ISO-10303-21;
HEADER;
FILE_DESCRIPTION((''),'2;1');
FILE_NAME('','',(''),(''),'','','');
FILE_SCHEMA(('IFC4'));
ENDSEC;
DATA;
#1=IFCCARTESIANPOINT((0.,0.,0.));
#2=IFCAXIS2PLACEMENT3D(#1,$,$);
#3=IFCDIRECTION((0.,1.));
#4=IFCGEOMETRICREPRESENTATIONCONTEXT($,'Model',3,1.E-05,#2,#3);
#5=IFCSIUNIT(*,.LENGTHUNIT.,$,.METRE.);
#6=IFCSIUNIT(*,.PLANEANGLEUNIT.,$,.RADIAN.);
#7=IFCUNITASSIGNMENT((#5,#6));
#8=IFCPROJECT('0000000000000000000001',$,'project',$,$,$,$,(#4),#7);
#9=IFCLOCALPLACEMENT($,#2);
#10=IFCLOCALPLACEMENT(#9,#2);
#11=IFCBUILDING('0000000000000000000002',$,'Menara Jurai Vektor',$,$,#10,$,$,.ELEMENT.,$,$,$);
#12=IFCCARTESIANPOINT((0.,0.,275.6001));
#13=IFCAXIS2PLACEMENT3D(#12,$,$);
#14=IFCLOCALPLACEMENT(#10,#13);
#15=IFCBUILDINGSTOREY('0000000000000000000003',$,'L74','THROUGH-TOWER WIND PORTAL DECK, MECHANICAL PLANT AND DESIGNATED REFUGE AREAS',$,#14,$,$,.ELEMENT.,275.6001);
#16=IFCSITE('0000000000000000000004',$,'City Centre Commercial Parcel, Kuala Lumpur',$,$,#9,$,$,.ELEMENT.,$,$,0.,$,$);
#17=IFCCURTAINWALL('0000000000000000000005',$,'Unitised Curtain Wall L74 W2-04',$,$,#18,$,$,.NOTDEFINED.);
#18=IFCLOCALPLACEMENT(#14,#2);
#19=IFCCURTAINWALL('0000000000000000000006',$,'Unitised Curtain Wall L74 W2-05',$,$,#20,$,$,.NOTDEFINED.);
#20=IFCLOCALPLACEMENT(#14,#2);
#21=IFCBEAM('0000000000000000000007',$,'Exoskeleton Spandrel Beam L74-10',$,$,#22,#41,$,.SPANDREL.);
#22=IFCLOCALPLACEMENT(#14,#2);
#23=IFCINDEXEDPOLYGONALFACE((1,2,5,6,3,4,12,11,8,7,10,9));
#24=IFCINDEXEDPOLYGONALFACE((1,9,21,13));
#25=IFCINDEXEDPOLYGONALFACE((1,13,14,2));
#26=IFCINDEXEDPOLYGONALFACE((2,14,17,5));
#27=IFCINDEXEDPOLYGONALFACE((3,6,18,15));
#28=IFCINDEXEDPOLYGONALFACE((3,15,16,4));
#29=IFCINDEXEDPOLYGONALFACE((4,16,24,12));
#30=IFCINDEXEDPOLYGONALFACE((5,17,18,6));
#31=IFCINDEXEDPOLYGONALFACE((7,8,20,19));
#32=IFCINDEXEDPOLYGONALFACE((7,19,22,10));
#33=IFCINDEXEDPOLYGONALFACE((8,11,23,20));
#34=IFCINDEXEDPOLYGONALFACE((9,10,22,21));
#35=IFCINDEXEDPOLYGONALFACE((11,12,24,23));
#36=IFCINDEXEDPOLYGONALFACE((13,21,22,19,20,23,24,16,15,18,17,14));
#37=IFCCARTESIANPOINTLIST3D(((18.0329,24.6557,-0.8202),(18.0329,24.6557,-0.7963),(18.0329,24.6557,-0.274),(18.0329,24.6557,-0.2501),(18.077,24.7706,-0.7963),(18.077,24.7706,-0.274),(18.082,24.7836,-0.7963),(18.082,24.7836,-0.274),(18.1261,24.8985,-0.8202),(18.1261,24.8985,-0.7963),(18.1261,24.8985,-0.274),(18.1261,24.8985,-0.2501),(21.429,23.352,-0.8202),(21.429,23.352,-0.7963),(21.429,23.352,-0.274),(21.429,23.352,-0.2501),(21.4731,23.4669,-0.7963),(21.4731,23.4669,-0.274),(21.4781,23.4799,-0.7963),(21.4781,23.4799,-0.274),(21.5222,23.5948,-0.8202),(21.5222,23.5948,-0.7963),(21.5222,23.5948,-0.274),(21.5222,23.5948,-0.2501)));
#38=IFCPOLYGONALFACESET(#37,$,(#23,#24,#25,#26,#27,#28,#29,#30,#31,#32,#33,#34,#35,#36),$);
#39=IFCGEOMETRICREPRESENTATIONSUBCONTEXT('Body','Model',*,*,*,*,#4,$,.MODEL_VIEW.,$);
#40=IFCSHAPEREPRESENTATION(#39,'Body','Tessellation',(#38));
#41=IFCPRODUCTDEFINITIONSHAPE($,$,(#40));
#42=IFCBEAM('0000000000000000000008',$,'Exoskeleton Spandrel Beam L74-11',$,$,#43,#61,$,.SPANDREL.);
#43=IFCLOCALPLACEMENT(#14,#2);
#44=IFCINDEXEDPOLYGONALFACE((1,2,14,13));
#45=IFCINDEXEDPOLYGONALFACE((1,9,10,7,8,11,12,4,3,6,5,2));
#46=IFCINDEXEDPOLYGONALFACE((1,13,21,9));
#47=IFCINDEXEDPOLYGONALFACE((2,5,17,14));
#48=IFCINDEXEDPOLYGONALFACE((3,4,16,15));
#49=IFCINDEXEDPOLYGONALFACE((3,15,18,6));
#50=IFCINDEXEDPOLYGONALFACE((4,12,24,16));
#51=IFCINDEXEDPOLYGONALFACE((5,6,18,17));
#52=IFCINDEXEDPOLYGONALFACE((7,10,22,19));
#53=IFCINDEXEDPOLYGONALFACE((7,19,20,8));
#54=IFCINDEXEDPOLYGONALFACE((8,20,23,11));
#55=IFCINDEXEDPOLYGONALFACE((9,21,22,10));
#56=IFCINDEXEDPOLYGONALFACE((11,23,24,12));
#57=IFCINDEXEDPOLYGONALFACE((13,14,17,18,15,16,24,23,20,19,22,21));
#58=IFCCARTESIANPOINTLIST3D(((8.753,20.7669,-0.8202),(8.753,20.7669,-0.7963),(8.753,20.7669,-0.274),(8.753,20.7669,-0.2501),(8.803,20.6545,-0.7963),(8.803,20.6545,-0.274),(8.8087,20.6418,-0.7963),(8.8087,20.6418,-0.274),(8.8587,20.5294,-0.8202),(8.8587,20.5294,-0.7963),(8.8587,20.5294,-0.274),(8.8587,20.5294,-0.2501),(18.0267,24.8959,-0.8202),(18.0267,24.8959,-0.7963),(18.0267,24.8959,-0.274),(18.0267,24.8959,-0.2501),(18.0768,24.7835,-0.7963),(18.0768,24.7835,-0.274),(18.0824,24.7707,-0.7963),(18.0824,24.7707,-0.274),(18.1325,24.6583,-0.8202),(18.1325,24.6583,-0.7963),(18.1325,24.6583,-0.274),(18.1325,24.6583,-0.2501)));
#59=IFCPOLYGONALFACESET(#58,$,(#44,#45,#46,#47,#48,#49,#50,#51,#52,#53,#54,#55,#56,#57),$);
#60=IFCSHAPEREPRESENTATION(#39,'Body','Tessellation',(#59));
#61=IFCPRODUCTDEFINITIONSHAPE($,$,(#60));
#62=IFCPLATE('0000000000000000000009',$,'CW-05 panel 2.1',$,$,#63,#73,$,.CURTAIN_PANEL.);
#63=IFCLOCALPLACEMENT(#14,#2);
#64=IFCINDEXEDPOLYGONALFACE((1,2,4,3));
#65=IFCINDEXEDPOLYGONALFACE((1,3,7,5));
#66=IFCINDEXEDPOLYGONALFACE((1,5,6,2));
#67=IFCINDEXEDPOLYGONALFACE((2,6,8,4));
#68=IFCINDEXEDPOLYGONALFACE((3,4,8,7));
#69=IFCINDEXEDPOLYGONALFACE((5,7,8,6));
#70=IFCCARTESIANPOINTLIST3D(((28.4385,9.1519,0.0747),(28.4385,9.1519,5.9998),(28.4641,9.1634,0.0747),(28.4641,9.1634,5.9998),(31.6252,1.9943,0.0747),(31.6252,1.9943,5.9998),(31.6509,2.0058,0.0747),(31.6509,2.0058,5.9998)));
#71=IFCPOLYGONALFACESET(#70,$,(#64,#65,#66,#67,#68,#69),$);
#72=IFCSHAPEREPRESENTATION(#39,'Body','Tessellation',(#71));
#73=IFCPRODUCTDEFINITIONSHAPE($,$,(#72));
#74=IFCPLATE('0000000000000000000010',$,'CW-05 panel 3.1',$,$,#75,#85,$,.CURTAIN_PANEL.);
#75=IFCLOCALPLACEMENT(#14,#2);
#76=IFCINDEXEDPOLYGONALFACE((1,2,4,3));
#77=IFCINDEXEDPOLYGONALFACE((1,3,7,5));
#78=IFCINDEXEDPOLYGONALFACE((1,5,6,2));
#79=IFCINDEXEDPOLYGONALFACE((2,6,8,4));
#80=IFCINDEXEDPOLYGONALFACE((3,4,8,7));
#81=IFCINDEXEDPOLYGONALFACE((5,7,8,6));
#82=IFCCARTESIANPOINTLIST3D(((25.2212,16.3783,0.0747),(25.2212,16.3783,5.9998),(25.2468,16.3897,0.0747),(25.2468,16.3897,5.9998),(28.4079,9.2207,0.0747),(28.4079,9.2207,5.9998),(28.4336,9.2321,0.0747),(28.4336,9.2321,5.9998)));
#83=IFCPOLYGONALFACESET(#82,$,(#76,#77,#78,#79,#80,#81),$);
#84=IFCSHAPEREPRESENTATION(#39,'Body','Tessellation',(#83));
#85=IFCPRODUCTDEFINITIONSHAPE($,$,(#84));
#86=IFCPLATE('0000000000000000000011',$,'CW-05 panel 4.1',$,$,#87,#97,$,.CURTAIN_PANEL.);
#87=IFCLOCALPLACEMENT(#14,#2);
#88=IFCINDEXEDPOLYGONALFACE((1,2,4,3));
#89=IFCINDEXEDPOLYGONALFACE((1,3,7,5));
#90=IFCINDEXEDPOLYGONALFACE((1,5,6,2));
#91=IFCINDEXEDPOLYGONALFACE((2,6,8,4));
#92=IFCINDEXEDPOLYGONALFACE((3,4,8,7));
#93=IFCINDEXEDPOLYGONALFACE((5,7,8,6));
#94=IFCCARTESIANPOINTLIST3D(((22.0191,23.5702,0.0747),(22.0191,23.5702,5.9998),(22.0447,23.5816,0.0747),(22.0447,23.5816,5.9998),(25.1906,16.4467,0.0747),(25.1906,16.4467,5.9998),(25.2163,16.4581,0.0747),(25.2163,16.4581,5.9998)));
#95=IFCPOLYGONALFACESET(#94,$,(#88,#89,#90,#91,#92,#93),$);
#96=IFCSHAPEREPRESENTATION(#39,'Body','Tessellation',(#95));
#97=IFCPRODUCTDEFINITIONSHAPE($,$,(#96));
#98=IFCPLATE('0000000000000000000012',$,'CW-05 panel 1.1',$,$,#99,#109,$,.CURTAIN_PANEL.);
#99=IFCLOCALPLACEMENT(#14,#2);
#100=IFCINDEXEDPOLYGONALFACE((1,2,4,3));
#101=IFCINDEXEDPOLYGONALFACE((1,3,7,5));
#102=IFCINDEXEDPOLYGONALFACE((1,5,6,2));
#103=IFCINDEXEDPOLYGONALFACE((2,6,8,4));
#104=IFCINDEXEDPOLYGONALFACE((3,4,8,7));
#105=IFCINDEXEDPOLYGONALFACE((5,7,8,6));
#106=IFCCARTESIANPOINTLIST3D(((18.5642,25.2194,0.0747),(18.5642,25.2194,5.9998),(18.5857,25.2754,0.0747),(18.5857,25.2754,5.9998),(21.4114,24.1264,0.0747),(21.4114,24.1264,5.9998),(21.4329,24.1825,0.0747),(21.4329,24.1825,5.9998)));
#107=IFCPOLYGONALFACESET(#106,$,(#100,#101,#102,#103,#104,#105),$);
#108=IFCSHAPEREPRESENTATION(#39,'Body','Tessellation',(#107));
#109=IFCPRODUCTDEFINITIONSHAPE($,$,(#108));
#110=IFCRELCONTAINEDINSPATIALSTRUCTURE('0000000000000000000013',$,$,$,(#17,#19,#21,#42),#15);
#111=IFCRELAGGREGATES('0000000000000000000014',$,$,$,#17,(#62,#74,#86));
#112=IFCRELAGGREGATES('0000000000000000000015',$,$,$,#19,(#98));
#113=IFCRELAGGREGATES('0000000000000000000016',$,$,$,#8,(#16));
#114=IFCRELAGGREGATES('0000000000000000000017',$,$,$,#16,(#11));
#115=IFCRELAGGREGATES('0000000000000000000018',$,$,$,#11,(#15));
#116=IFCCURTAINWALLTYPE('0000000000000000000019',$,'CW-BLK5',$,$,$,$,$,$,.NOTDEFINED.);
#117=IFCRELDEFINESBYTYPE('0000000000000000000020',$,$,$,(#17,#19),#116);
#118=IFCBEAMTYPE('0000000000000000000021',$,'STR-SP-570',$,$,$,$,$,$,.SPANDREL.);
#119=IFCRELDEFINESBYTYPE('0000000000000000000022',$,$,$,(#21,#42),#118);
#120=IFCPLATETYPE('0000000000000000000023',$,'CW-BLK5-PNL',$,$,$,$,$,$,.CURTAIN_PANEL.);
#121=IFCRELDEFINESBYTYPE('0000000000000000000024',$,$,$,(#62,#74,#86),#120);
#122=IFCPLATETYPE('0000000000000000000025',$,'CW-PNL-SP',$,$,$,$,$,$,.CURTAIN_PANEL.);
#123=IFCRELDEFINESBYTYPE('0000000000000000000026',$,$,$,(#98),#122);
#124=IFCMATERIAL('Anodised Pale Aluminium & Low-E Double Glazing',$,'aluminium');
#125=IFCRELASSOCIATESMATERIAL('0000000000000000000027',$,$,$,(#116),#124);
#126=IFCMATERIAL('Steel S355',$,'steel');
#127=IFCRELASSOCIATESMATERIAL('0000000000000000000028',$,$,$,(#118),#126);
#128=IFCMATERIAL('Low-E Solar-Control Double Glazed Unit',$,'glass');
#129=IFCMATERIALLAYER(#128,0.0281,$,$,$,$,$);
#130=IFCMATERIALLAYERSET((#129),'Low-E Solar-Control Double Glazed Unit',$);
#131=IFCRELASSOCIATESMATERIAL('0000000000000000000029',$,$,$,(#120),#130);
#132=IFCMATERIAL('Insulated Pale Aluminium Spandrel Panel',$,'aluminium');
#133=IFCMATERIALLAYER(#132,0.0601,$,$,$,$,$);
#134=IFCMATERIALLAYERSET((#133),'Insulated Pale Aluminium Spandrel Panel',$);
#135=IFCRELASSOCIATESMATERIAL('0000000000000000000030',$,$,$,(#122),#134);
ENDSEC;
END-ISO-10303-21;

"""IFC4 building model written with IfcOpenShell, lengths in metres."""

from ifc_helpers import new_model, si_unit, direction, frame, origin, origin_2d, place, context, subcontext, project, spatial, rectangle, i_section, extrude, material, layer, layer_set, material_profile, profile_set, type_object, element, aggregate, save


model = new_model("IFC4")

# Units and contexts
model_context = context("Model", 3, precision=1e-05, world=origin(), true_north=direction((0.0, 1.0)))
body_context = subcontext(model_context, "Body", "Model", "MODEL_VIEW")
ifc_project = project(units=[si_unit("LENGTHUNIT", "METRE"), si_unit("PLANEANGLEUNIT", "RADIAN")], contexts=[model_context])

# Site, building, storey
site_placement = place(None, origin())
site = spatial("IfcSite", under=ifc_project, at=site_placement, Name="City Centre Commercial Parcel, Kuala Lumpur", CompositionType="ELEMENT", RefElevation=0.0)
building_placement = place(site_placement, origin())
building = spatial("IfcBuilding", under=site, at=building_placement, Name="Menara Jurai Vektor", CompositionType="ELEMENT")
storey_placement = place(building_placement, frame((0.0, 0.0, 275.6001)))
storey = spatial("IfcBuildingStorey", under=building, at=storey_placement, Name="L74", Description="THROUGH-TOWER WIND PORTAL DECK, MECHANICAL PLANT AND DESIGNATED REFUGE AREAS", CompositionType="ELEMENT", Elevation=275.6001)

# Curtain walls
ifc_material_1 = material(Name="Anodised Pale Aluminium & Low-E Double Glazing", Category="aluminium")
curtain_wall_type = type_object("IfcCurtainWallType", Name="CW-BLK5", PredefinedType="NOTDEFINED", material=ifc_material_1)
curtain_wall_1_placement = place(storey_placement, origin())
curtain_wall_1 = element("IfcCurtainWall", 1, at=curtain_wall_1_placement, inside=storey, type_object=curtain_wall_type, Name="Unitised Curtain Wall L74 W2-04", PredefinedType="NOTDEFINED")
curtain_wall_2_placement = place(storey_placement, origin())
curtain_wall_2 = element("IfcCurtainWall", 2, at=curtain_wall_2_placement, inside=storey, type_object=curtain_wall_type, Name="Unitised Curtain Wall L74 W2-05", PredefinedType="NOTDEFINED")

# Shared definitions
ifc_material_2 = material(Name="Steel S355", Category="steel")

# Beams
ifc_material_profile_1 = material_profile(ifc_material_2, i_section(OverallWidth=0.26, OverallDepth=0.5701, WebThickness=0.0139, FlangeThickness=0.0239, at=origin_2d()), Name="PG 570x260x145")
ifc_profile_set_1 = profile_set([ifc_material_profile_1], Name="Steel S355")
beam_type_1 = type_object("IfcBeamType", Name="STR-SP-570", PredefinedType="SPANDREL", material=ifc_profile_set_1)
beam_1_placement = place(storey_placement, frame((21.4756, 23.4734, -0.5352), z_axis=(-0.93357, 0.358394, 0.0), x_axis=(-0.358394, -0.93357, 0.0)))
element("IfcBeam", 3, at=beam_1_placement, inside=storey, type_object=beam_type_1, Name="Exoskeleton Spandrel Beam L74-10", PredefinedType="SPANDREL", context=body_context, shape_type="SweptSolid", body=[
    extrude(i_section(OverallWidth=0.26, OverallDepth=0.5701, WebThickness=0.0139, FlangeThickness=0.0239, at=origin_2d()), origin(), (0.0, 0.0, 1.0), 3.6377),
])
beam_2_placement = place(storey_placement, frame((18.0796, 24.7771, -0.5352), z_axis=(-0.913546, -0.406736, 0.0), x_axis=(0.406736, -0.913546, 0.0)))
element("IfcBeam", 4, at=beam_2_placement, inside=storey, type_object=beam_type_1, Name="Exoskeleton Spandrel Beam L74-11", PredefinedType="SPANDREL", context=body_context, shape_type="SweptSolid", body=[
    extrude(i_section(OverallWidth=0.26, OverallDepth=0.5701, WebThickness=0.0139, FlangeThickness=0.0239, at=origin_2d()), origin(), (0.0, 0.0, 1.0), 10.1514),
])

# Plates
ifc_material_3 = material(Name="Low-E Solar-Control Double Glazed Unit", Category="glass")
ifc_layer_1 = layer(ifc_material_3, 0.0281)
ifc_layer_set_1 = layer_set([ifc_layer_1], Name="Low-E Solar-Control Double Glazed Unit")
plate_type_1 = type_object("IfcPlateType", Name="CW-BLK5-PNL", PredefinedType="CURTAIN_PANEL", material=ifc_layer_set_1)
plate_1_placement = place(storey_placement, frame((30.0447, 5.5789, 0.0747), z_axis=(0.0, 0.0, 1.0), x_axis=(-0.406735, 0.913546, 0.0)))
plate_1 = element("IfcPlate", 5, at=plate_1_placement, type_object=plate_type_1, Name="CW-05 panel 2.1", PredefinedType="CURTAIN_PANEL", context=body_context, shape_type="SweptSolid", body=[
    extrude(rectangle(XDim=7.835, YDim=0.0281, at=origin_2d()), origin(), (0.0, 0.0, 1.0), 5.925),
])
plate_2_placement = place(storey_placement, frame((26.8274, 12.8052, 0.0747), z_axis=(0.0, 0.0, 1.0), x_axis=(-0.406735, 0.913546, 0.0)))
plate_2 = element("IfcPlate", 6, at=plate_2_placement, type_object=plate_type_1, Name="CW-05 panel 3.1", PredefinedType="CURTAIN_PANEL", context=body_context, shape_type="SweptSolid", body=[
    extrude(rectangle(XDim=7.835, YDim=0.0281, at=origin_2d()), origin(), (0.0, 0.0, 1.0), 5.925),
])
plate_3_placement = place(storey_placement, frame((23.6177, 20.0142, 0.0747), z_axis=(0.0, 0.0, 1.0), x_axis=(-0.406735, 0.913546, 0.0)))
plate_3 = element("IfcPlate", 7, at=plate_3_placement, type_object=plate_type_1, Name="CW-05 panel 4.1", PredefinedType="CURTAIN_PANEL", context=body_context, shape_type="SweptSolid", body=[
    extrude(rectangle(XDim=7.7976, YDim=0.0281, at=origin_2d()), origin(), (0.0, 0.0, 1.0), 5.925),
])
aggregate(curtain_wall_1, [plate_1, plate_2, plate_3])
ifc_material_4 = material(Name="Insulated Pale Aluminium Spandrel Panel", Category="aluminium")
ifc_layer_2 = layer(ifc_material_4, 0.0601)
ifc_layer_set_2 = layer_set([ifc_layer_2], Name="Insulated Pale Aluminium Spandrel Panel")
plate_type_2 = type_object("IfcPlateType", Name="CW-PNL-SP", PredefinedType="CURTAIN_PANEL", material=ifc_layer_set_2)
plate_4_placement = place(storey_placement, frame((19.9985, 24.7009, 0.0747), z_axis=(0.0, 0.0, 1.0), x_axis=(-0.933578, 0.358374, 0.0)))
plate_4 = element("IfcPlate", 8, at=plate_4_placement, type_object=plate_type_2, Name="CW-05 panel 1.1", PredefinedType="CURTAIN_PANEL", context=body_context, shape_type="SweptSolid", body=[
    extrude(rectangle(XDim=3.0498, YDim=0.0601, at=origin_2d()), origin(), (0.0, 0.0, 1.0), 5.925),
])
aggregate(curtain_wall_2, [plate_4])

save(model, "model.ifc")
